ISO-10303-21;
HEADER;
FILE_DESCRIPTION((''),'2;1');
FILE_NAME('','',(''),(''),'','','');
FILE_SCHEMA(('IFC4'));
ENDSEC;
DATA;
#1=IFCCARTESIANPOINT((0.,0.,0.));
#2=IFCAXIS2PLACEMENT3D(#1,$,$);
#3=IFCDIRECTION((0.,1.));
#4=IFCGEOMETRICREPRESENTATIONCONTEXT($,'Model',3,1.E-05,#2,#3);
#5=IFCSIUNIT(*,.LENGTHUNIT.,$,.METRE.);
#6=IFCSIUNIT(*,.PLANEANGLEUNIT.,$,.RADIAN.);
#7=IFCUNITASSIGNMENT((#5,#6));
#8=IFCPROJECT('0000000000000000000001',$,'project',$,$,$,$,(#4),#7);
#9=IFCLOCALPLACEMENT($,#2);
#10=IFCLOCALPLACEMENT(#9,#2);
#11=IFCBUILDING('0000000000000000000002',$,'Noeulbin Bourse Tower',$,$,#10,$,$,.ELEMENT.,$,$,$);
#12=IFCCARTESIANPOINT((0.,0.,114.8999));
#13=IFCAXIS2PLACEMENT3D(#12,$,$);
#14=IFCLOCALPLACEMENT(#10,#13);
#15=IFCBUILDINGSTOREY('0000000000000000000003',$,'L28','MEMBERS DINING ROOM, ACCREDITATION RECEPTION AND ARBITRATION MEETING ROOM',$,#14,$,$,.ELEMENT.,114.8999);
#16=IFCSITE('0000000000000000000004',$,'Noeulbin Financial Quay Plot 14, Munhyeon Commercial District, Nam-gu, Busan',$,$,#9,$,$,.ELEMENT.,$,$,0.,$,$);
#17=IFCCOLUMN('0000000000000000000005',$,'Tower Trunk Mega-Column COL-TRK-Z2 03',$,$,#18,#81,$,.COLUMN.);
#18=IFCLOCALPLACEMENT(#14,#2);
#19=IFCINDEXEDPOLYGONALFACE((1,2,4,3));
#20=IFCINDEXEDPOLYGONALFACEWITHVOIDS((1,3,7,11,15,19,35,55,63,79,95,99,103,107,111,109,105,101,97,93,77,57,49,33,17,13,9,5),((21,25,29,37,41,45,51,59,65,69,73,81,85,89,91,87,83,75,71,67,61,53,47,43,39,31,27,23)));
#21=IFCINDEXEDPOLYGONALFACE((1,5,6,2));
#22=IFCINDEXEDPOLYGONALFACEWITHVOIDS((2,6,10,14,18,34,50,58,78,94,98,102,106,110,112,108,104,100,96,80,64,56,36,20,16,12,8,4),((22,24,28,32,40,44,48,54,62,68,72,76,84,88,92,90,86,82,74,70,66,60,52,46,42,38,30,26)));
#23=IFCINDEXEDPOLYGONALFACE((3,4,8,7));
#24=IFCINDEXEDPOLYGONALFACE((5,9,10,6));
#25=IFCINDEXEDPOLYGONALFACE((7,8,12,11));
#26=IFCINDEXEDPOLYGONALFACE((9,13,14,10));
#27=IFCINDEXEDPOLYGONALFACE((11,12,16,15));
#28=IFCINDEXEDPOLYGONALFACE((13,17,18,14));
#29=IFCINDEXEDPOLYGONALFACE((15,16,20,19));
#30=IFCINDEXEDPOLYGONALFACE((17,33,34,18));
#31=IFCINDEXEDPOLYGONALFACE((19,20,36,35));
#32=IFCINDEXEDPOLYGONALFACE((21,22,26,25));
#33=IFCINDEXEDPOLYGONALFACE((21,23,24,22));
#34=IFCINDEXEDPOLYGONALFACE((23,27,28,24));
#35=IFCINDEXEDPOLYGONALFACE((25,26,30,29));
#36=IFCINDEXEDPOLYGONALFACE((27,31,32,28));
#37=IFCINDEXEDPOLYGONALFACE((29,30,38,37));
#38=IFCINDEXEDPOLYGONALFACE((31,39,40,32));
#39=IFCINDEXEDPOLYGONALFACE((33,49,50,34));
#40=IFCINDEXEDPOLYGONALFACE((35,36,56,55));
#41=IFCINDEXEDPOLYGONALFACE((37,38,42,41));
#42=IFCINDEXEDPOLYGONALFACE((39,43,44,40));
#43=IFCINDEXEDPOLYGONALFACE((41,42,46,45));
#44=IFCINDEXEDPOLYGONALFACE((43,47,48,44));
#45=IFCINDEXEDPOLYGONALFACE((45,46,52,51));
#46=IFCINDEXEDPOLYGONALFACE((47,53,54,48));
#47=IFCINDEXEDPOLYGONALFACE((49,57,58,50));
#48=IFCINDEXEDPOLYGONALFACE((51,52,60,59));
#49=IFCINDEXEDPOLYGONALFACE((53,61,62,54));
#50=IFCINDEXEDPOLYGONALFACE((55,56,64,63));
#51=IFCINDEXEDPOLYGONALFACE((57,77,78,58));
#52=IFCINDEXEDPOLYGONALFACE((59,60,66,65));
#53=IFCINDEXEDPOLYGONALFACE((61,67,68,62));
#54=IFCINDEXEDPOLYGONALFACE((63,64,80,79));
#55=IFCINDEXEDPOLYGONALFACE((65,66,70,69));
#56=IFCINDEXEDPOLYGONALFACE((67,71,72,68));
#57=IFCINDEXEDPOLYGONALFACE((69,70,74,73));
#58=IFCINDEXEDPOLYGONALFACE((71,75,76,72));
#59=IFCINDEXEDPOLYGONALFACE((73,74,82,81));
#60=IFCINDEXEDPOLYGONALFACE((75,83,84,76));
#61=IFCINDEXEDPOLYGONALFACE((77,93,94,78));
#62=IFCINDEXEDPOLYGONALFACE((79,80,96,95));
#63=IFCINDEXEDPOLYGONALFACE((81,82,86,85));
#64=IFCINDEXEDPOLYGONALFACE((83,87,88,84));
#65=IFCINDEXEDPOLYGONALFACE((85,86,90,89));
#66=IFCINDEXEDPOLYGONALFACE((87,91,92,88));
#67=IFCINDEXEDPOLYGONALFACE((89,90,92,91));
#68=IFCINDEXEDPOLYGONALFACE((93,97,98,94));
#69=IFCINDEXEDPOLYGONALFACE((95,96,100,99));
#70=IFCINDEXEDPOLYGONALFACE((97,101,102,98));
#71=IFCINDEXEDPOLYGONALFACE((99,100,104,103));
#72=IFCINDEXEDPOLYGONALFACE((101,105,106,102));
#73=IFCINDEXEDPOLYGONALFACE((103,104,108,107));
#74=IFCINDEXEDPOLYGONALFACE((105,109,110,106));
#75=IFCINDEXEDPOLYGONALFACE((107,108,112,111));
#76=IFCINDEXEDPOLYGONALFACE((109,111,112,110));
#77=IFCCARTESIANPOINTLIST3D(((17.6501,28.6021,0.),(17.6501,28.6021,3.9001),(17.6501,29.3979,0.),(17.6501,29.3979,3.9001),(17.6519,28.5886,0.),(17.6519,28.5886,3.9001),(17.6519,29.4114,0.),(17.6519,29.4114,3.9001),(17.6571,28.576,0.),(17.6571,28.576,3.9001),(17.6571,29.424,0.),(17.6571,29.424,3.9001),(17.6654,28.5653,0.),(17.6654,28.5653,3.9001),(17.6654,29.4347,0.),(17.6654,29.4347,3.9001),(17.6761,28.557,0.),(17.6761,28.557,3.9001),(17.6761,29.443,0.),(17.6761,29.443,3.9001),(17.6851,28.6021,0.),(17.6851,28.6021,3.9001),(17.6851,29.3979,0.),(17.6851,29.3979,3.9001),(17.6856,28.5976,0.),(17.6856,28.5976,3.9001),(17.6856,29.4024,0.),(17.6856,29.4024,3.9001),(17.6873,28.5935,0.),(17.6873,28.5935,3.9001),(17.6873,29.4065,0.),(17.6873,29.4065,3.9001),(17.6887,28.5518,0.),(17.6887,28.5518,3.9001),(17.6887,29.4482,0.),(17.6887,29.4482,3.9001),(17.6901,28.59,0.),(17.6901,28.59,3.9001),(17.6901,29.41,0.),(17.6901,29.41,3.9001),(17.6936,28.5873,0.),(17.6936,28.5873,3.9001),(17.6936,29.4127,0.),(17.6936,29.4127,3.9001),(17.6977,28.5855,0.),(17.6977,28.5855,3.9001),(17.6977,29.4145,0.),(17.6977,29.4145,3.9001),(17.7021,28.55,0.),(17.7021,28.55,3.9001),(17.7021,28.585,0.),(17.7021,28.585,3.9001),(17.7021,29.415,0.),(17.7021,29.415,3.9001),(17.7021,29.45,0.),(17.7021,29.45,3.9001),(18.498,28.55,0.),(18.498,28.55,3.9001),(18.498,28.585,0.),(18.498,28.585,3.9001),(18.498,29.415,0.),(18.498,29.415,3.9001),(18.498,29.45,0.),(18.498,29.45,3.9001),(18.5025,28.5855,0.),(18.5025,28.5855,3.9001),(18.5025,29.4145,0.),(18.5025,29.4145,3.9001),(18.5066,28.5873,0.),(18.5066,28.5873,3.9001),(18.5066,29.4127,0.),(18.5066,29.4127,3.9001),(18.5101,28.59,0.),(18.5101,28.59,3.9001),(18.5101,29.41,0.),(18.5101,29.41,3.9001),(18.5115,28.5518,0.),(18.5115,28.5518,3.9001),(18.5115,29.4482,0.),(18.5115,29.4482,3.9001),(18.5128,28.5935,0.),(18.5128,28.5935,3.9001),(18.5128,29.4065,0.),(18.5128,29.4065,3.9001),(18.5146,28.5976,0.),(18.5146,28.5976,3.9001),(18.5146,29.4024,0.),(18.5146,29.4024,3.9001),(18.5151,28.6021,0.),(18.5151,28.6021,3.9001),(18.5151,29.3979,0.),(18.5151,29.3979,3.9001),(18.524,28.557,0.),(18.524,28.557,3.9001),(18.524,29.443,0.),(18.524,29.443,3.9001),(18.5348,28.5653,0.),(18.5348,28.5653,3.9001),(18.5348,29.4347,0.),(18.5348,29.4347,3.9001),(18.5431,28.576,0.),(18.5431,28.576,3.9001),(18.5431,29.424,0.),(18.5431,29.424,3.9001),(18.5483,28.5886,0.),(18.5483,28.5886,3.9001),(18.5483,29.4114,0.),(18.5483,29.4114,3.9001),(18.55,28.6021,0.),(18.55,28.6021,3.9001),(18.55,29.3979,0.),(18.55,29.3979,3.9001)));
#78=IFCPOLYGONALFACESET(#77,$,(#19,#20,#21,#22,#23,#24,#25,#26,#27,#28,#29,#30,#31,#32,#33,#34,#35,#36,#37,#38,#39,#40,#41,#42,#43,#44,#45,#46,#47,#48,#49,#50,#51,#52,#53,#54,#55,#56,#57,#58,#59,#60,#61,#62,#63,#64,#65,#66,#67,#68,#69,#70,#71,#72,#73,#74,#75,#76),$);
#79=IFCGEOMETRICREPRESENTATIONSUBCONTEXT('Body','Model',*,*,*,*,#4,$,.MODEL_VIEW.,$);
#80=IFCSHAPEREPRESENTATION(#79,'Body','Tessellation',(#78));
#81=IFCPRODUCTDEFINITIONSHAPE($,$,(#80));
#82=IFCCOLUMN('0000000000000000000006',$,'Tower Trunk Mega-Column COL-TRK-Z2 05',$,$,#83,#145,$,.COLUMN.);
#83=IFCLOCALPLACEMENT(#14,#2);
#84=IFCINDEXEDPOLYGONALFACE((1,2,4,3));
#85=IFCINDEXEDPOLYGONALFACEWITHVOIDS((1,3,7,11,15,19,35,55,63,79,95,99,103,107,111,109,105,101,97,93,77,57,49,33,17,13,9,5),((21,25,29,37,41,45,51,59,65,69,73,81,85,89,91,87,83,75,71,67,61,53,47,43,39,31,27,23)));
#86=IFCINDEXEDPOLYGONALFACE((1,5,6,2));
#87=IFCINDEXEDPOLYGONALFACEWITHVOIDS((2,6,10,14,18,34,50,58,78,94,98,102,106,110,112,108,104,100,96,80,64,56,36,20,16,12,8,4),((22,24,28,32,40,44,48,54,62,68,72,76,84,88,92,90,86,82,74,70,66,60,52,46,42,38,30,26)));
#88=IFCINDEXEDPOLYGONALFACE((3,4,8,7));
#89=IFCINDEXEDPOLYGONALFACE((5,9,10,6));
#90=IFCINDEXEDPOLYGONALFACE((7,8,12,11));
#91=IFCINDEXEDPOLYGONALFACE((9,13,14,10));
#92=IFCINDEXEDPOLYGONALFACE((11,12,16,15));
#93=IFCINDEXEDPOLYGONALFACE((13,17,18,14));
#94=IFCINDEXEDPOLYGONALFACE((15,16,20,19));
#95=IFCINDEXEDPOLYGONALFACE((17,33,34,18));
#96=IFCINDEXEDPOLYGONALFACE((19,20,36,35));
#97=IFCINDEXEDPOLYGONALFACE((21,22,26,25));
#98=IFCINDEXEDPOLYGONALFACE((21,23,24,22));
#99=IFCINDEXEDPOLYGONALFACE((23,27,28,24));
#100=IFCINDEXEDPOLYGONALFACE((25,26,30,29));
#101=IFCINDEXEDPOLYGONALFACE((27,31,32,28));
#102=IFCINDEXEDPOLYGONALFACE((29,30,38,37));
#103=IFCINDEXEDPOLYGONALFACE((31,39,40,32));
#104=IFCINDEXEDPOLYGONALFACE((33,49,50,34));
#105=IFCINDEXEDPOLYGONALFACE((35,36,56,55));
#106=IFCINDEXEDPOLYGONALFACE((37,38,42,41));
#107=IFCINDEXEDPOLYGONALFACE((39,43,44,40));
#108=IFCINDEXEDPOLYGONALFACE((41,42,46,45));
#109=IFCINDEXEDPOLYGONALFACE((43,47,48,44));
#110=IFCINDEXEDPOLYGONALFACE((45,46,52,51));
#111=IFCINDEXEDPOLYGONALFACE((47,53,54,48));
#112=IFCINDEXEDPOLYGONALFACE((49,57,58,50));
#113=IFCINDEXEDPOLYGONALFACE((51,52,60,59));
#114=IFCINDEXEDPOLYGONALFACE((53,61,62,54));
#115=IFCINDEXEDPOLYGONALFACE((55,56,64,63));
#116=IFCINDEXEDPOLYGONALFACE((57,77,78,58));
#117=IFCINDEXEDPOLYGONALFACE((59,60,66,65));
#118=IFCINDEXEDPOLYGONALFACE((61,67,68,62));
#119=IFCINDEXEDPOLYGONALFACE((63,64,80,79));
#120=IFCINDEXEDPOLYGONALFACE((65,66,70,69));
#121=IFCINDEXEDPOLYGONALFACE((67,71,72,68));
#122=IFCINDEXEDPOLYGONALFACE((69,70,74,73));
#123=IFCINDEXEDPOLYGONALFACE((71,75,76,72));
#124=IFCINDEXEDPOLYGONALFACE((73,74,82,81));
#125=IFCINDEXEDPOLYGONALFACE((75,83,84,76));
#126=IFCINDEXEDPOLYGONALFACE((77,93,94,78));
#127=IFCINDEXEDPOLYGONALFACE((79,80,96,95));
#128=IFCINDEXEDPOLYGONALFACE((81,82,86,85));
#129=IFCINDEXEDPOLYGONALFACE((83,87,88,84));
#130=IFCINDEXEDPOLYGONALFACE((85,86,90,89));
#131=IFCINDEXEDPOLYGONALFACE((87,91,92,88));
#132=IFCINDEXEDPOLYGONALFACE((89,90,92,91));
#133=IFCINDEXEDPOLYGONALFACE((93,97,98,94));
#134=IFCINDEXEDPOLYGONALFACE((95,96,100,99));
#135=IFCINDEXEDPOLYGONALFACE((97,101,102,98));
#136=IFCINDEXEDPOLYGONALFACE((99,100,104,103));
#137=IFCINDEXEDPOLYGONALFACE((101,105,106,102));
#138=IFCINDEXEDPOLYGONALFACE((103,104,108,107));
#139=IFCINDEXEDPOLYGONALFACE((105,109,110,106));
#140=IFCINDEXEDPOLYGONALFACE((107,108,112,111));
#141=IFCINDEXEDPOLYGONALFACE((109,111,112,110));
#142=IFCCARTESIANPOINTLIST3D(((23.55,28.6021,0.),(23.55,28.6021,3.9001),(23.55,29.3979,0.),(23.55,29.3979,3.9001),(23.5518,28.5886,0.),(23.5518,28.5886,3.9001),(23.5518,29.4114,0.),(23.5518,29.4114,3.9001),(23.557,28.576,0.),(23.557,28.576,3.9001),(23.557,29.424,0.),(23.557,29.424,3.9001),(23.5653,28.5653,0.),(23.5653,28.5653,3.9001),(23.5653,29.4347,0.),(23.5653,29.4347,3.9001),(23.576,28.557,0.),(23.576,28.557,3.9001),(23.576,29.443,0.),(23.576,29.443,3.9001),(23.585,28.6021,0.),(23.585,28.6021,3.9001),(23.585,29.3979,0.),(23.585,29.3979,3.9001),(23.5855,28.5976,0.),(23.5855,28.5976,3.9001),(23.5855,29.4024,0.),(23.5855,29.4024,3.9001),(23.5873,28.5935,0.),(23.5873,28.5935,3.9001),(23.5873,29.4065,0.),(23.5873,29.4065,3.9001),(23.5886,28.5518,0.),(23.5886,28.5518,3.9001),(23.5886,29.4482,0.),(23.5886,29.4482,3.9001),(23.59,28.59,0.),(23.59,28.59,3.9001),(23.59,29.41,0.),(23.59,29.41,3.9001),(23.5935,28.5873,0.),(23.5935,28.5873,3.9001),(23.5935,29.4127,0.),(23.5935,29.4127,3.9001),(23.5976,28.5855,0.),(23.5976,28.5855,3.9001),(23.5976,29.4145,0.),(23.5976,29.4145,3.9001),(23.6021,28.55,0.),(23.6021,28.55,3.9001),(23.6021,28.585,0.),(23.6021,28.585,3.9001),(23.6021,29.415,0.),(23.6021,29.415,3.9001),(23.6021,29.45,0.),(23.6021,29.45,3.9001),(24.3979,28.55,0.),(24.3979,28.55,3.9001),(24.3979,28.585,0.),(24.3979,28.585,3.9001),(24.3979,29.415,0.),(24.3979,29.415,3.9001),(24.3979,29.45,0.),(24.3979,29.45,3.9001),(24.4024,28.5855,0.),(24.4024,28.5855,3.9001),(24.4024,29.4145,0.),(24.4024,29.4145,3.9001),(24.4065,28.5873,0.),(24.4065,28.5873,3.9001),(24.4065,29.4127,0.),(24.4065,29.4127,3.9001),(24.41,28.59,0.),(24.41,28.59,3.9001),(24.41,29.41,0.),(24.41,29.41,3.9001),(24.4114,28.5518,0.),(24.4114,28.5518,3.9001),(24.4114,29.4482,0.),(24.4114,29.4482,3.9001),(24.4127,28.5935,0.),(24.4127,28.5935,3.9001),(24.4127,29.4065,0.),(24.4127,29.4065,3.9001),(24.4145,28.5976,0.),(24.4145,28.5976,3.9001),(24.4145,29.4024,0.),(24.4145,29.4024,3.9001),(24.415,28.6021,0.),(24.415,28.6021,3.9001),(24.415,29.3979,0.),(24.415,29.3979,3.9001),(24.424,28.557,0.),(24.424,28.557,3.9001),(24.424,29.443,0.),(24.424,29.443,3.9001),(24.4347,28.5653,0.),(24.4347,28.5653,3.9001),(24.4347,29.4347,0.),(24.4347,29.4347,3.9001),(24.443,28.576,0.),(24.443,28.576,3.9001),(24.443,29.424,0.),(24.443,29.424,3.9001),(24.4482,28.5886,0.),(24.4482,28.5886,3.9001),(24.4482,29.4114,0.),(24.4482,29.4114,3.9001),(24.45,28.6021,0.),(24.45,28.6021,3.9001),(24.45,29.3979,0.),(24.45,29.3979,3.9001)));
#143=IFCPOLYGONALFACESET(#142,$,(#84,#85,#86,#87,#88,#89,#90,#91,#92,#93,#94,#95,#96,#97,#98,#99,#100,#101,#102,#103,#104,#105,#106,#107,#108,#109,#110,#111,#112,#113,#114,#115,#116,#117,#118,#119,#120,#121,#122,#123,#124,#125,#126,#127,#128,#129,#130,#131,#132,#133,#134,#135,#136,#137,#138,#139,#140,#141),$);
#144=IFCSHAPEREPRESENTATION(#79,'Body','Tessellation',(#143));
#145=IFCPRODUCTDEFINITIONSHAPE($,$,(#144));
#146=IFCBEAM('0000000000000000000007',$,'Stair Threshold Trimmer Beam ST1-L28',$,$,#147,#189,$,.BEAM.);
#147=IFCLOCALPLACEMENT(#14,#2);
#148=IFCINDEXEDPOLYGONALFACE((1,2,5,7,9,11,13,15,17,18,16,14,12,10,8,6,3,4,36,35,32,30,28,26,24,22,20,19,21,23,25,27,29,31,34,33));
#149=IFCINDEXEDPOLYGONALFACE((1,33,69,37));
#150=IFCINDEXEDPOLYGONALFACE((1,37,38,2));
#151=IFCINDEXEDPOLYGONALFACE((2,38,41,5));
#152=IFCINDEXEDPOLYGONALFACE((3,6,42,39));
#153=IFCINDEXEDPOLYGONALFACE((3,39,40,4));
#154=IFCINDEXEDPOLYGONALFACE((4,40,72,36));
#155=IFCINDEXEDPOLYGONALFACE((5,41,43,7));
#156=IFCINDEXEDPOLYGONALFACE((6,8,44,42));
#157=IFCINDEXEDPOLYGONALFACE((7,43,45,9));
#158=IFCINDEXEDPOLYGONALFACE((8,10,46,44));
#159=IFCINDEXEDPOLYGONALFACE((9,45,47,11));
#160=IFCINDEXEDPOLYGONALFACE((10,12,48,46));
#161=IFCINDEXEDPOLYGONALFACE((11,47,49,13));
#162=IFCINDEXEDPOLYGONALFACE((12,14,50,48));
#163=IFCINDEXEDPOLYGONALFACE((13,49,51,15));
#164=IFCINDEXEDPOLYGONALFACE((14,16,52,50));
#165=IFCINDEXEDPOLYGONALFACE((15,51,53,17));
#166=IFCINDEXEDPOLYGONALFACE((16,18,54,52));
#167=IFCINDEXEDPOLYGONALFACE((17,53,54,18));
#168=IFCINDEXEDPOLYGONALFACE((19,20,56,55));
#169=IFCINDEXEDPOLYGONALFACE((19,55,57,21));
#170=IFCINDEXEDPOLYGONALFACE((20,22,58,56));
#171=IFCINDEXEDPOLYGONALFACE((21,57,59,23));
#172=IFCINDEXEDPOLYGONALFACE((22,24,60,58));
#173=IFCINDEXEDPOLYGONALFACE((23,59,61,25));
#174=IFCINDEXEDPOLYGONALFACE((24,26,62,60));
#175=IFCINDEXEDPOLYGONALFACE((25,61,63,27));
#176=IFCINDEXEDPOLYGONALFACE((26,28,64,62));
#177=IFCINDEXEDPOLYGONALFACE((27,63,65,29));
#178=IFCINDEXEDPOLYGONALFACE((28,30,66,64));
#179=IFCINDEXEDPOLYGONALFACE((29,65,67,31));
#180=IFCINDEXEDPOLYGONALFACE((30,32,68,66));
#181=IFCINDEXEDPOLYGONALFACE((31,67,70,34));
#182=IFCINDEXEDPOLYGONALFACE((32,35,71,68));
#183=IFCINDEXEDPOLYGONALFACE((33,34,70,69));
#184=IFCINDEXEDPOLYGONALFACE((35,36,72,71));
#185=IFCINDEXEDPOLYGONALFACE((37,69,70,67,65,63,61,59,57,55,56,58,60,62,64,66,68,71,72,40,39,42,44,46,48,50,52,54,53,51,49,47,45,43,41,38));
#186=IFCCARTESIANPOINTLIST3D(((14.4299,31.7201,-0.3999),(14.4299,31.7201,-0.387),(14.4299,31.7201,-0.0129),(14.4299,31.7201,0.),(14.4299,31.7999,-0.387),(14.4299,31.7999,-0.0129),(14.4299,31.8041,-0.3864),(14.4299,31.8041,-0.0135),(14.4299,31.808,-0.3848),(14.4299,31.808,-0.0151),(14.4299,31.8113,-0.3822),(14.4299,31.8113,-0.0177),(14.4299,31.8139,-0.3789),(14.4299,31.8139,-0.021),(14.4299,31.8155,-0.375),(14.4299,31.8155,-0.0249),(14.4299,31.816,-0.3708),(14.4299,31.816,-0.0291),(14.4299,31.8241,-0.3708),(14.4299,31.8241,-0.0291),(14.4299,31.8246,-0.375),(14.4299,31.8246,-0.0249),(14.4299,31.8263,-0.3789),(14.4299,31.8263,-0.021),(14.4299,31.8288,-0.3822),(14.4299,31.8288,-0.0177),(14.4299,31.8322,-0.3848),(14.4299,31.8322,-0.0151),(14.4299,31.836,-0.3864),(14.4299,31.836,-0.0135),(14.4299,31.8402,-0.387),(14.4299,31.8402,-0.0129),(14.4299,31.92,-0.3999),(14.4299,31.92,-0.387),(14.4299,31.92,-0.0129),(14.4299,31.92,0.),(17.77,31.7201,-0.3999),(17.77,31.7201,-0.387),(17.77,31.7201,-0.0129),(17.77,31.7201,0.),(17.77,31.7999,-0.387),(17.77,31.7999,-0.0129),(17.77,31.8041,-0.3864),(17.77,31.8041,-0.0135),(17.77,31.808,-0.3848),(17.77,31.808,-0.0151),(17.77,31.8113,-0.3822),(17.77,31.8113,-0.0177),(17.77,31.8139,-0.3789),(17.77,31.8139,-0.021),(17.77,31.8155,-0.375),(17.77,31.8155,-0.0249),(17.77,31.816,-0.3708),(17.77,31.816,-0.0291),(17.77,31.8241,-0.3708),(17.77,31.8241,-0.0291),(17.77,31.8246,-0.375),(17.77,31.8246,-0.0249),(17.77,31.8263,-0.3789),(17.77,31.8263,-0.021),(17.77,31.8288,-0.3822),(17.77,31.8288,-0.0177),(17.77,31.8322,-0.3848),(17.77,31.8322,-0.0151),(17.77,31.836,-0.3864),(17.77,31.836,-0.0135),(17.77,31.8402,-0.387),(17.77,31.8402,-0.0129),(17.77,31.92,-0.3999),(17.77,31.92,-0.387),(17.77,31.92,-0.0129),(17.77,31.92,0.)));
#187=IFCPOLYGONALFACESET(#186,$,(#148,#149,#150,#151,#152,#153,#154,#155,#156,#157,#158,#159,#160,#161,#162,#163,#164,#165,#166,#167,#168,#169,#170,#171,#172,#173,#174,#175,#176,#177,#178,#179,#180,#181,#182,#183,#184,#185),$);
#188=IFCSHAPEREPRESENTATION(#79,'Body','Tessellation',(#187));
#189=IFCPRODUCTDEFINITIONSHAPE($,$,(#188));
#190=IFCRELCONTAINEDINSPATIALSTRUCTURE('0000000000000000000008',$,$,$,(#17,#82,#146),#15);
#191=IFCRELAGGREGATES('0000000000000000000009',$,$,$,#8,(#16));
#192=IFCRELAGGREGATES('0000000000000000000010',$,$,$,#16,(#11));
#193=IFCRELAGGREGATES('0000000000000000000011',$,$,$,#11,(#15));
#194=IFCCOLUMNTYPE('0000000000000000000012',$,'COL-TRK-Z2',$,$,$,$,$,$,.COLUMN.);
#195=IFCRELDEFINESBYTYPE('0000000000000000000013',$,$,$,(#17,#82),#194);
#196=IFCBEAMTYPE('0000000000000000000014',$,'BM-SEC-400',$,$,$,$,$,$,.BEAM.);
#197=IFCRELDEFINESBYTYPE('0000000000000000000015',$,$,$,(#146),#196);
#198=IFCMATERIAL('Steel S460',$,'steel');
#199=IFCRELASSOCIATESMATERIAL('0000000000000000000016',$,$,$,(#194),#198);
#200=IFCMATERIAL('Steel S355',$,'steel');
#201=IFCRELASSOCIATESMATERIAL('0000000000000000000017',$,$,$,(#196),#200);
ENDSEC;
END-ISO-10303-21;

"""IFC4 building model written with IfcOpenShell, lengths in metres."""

from ifc_helpers import new_model, si_unit, direction, frame, origin, origin_2d, place, context, subcontext, project, spatial, hollow_rectangle, i_section, extrude, material, material_profile, profile_set, type_object, element, save


model = new_model("IFC4")

# Units and contexts
model_context = context("Model", 3, precision=1e-05, world=origin(), true_north=direction((0.0, 1.0)))
body_context = subcontext(model_context, "Body", "Model", "MODEL_VIEW")
ifc_project = project(units=[si_unit("LENGTHUNIT", "METRE"), si_unit("PLANEANGLEUNIT", "RADIAN")], contexts=[model_context])

# Site, building, storey
site_placement = place(None, origin())
site = spatial("IfcSite", under=ifc_project, at=site_placement, Name="Noeulbin Financial Quay Plot 14, Munhyeon Commercial District, Nam-gu, Busan", CompositionType="ELEMENT", RefElevation=0.0)
building_placement = place(site_placement, origin())
building = spatial("IfcBuilding", under=site, at=building_placement, Name="Noeulbin Bourse Tower", CompositionType="ELEMENT")
storey_placement = place(building_placement, frame((0.0, 0.0, 114.8999)))
storey = spatial("IfcBuildingStorey", under=building, at=storey_placement, Name="L28", Description="MEMBERS DINING ROOM, ACCREDITATION RECEPTION AND ARBITRATION MEETING ROOM", CompositionType="ELEMENT", Elevation=114.8999)

# Columns
ifc_material_1 = material(Name="Steel S460", Category="steel")
ifc_material_profile_1 = material_profile(ifc_material_1, hollow_rectangle(XDim=0.8999, YDim=0.8999, WallThickness=0.0349, InnerFilletRadius=0.0171, OuterFilletRadius=0.052, at=origin_2d()), Name="BOX-900x900x35", Category="LoadBearing")
ifc_profile_set_1 = profile_set([ifc_material_profile_1], Name="Steel S460")
column_type = type_object("IfcColumnType", Name="COL-TRK-Z2", PredefinedType="COLUMN", material=ifc_profile_set_1)
for number, where, z_axis, x_axis, name in (
    (1, (18.1001, 29.0, 0.0), (0.0, 0.0, 1.0), (1.0, 0.0, 0.0), "Tower Trunk Mega-Column COL-TRK-Z2 03"),
    (2, (24.0, 29.0, 0.0), (0.0, 0.0, 1.0), (1.0, 0.0, 0.0), "Tower Trunk Mega-Column COL-TRK-Z2 05"),
):
    element("IfcColumn", number, at=place(storey_placement, frame(where, z_axis=z_axis, x_axis=x_axis)), inside=storey, type_object=column_type, Name=name, PredefinedType="COLUMN", context=body_context, shape_type="SweptSolid", body=[
        extrude(hollow_rectangle(XDim=0.8999, YDim=0.8999, WallThickness=0.0349, InnerFilletRadius=0.0171, OuterFilletRadius=0.052, at=origin_2d()), origin(), (0.0, 0.0, 1.0), 3.9001),
    ])

# Beam
ifc_material_2 = material(Name="Steel S355", Category="steel")
ifc_material_profile_2 = material_profile(ifc_material_2, i_section(OverallWidth=0.2, OverallDepth=0.3999, WebThickness=0.0081, FlangeThickness=0.0129, FilletRadius=0.0161, at=origin_2d()), Name="H-400x200x8x13", Category="LoadBearing")
ifc_profile_set_2 = profile_set([ifc_material_profile_2], Name="Steel S355")
beam_type_1 = type_object("IfcBeamType", Name="BM-SEC-400", PredefinedType="BEAM", material=ifc_profile_set_2)
beam_1_placement = place(storey_placement, frame((14.4299, 31.8201, -0.2), z_axis=(1.0, 0.0, 0.0), x_axis=(0.0, 1.0, 0.0)))
element("IfcBeam", 3, at=beam_1_placement, inside=storey, type_object=beam_type_1, Name="Stair Threshold Trimmer Beam ST1-L28", PredefinedType="BEAM", context=body_context, shape_type="SweptSolid", body=[
    extrude(i_section(OverallWidth=0.2, OverallDepth=0.3999, WebThickness=0.0081, FlangeThickness=0.0129, FilletRadius=0.0161, at=origin_2d()), origin(), (0.0, 0.0, 1.0), 3.3401),
])

save(model, "model.ifc")
